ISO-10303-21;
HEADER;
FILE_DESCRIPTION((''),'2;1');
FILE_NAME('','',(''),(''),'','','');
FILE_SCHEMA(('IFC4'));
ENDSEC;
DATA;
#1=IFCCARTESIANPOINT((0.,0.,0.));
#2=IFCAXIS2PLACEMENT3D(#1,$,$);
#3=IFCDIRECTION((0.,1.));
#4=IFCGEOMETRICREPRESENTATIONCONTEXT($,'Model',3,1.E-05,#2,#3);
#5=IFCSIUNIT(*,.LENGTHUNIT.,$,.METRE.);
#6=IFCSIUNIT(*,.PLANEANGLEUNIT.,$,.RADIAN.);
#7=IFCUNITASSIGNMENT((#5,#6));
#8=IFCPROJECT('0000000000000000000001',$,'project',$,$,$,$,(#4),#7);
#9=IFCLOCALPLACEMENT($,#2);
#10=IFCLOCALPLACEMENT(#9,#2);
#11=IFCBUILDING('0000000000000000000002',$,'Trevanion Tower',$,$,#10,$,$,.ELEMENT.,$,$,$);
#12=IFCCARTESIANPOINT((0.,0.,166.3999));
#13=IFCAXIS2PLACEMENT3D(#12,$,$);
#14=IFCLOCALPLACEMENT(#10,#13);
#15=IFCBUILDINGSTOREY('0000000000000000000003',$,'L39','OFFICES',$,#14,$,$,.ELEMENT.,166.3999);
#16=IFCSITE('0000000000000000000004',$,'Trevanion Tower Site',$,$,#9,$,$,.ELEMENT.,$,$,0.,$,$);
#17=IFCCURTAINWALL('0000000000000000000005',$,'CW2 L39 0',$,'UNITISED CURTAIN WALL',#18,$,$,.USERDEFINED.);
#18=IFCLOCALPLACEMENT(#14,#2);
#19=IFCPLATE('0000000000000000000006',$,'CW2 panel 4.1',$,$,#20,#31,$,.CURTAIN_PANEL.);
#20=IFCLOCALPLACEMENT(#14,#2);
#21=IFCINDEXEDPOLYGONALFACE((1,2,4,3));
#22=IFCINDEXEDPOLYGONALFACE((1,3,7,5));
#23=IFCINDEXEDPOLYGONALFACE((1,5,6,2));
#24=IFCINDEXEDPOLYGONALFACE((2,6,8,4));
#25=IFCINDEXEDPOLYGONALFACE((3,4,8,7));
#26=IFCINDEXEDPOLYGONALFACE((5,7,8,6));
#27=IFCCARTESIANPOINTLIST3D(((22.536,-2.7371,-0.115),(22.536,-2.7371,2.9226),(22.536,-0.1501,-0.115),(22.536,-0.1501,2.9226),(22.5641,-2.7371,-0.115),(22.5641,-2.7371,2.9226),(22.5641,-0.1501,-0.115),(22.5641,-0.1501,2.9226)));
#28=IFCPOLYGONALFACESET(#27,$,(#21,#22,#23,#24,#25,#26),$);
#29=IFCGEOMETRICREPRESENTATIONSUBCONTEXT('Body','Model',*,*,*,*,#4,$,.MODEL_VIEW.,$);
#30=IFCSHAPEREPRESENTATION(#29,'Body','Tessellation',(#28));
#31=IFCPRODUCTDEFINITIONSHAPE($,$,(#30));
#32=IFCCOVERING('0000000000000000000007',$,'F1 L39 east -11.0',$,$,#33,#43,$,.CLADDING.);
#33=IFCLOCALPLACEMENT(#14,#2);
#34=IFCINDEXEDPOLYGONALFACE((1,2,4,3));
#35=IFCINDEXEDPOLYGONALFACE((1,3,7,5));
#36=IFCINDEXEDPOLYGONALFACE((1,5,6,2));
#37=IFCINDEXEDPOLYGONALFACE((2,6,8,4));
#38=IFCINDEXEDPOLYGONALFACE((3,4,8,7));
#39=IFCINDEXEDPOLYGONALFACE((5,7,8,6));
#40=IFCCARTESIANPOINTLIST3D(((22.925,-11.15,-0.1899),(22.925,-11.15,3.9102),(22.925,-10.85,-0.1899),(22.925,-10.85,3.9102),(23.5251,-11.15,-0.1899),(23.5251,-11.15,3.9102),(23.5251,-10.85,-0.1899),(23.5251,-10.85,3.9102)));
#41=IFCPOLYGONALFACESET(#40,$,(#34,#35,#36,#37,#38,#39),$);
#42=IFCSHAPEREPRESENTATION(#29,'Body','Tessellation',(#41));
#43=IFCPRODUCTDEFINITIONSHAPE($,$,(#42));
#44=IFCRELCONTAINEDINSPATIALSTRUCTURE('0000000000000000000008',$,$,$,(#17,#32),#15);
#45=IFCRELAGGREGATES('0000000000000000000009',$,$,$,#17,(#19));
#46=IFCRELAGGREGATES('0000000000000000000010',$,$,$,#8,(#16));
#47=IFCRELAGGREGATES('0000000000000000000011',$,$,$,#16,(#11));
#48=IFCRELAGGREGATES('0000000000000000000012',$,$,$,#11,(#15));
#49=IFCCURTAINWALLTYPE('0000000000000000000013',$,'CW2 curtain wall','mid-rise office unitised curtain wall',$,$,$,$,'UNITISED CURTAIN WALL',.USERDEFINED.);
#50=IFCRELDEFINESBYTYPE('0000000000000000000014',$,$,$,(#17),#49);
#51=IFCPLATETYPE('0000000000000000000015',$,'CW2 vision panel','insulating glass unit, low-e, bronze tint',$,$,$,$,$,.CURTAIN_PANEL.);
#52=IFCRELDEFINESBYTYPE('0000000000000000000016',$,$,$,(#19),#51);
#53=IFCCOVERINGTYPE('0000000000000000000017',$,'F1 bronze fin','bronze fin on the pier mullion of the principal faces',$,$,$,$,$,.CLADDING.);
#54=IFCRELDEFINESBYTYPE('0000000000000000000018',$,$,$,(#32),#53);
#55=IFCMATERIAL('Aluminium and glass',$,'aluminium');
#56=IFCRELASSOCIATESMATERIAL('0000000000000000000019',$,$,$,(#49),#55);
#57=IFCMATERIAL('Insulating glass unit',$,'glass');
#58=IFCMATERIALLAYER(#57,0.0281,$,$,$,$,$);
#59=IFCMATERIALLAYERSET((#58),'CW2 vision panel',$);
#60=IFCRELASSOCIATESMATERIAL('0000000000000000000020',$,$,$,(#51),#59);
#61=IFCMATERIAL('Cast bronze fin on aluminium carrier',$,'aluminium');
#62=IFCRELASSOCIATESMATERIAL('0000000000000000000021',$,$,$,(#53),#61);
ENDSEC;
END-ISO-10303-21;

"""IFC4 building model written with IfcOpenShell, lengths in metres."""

from ifc_helpers import new_model, si_unit, direction, frame, origin, origin_2d, place, context, subcontext, project, spatial, rectangle, extrude, material, layer, layer_set, type_object, element, aggregate, save


model = new_model("IFC4")

# Units and contexts
model_context = context("Model", 3, precision=1e-05, world=origin(), true_north=direction((0.0, 1.0)))
body_context = subcontext(model_context, "Body", "Model", "MODEL_VIEW")
ifc_project = project(units=[si_unit("LENGTHUNIT", "METRE"), si_unit("PLANEANGLEUNIT", "RADIAN")], contexts=[model_context])

# Site, building, storey
site_placement = place(None, origin())
site = spatial("IfcSite", under=ifc_project, at=site_placement, Name="Trevanion Tower Site", CompositionType="ELEMENT", RefElevation=0.0)
building_placement = place(site_placement, origin())
building = spatial("IfcBuilding", under=site, at=building_placement, Name="Trevanion Tower", CompositionType="ELEMENT")
storey_placement = place(building_placement, frame((0.0, 0.0, 166.3999)))
storey = spatial("IfcBuildingStorey", under=building, at=storey_placement, Name="L39", Description="OFFICES", CompositionType="ELEMENT", Elevation=166.3999)

# Curtain wall, plate
ifc_material_1 = material(Name="Aluminium and glass", Category="aluminium")
curtain_wall_type = type_object("IfcCurtainWallType", Name="CW2 curtain wall", Description="mid-rise office unitised curtain wall", ElementType="UNITISED CURTAIN WALL", PredefinedType="USERDEFINED", material=ifc_material_1)
curtain_wall_placement = place(storey_placement, origin())
curtain_wall = element("IfcCurtainWall", 1, at=curtain_wall_placement, inside=storey, type_object=curtain_wall_type, Name="CW2 L39 0", ObjectType="UNITISED CURTAIN WALL", PredefinedType="USERDEFINED")
ifc_material_2 = material(Name="Insulating glass unit", Category="glass")
ifc_layer_1 = layer(ifc_material_2, 0.0281)
ifc_layer_set_1 = layer_set([ifc_layer_1], Name="CW2 vision panel")
plate_type_1 = type_object("IfcPlateType", Name="CW2 vision panel", Description="insulating glass unit, low-e, bronze tint", PredefinedType="CURTAIN_PANEL", material=ifc_layer_set_1)
plate_1_placement = place(storey_placement, frame((22.55, -1.4436, -0.115), z_axis=(0.0, 0.0, 1.0), x_axis=(0.0, 1.0, 0.0)))
plate_1 = element("IfcPlate", 2, at=plate_1_placement, type_object=plate_type_1, Name="CW2 panel 4.1", PredefinedType="CURTAIN_PANEL", context=body_context, shape_type="SweptSolid", body=[
    extrude(rectangle(XDim=2.5869, YDim=0.0281, at=origin_2d()), origin(), (0.0, 0.0, 1.0), 3.0376),
])
aggregate(curtain_wall, [plate_1])

# Covering
ifc_material_3 = material(Name="Cast bronze fin on aluminium carrier", Category="aluminium")
covering_type = type_object("IfcCoveringType", Name="F1 bronze fin", Description="bronze fin on the pier mullion of the principal faces", PredefinedType="CLADDING", material=ifc_material_3)
covering_placement = place(storey_placement, frame((23.2251, -11.0, -0.1899), z_axis=(0.0, 0.0, 1.0), x_axis=(0.0, 1.0, 0.0)))
element("IfcCovering", 3, at=covering_placement, inside=storey, type_object=covering_type, Name="F1 L39 east -11.0", PredefinedType="CLADDING", context=body_context, shape_type="SweptSolid", body=[
    extrude(rectangle(XDim=0.3, YDim=0.6001, at=origin_2d()), origin(), (0.0, 0.0, 1.0), 4.1001),
])

save(model, "model.ifc")
